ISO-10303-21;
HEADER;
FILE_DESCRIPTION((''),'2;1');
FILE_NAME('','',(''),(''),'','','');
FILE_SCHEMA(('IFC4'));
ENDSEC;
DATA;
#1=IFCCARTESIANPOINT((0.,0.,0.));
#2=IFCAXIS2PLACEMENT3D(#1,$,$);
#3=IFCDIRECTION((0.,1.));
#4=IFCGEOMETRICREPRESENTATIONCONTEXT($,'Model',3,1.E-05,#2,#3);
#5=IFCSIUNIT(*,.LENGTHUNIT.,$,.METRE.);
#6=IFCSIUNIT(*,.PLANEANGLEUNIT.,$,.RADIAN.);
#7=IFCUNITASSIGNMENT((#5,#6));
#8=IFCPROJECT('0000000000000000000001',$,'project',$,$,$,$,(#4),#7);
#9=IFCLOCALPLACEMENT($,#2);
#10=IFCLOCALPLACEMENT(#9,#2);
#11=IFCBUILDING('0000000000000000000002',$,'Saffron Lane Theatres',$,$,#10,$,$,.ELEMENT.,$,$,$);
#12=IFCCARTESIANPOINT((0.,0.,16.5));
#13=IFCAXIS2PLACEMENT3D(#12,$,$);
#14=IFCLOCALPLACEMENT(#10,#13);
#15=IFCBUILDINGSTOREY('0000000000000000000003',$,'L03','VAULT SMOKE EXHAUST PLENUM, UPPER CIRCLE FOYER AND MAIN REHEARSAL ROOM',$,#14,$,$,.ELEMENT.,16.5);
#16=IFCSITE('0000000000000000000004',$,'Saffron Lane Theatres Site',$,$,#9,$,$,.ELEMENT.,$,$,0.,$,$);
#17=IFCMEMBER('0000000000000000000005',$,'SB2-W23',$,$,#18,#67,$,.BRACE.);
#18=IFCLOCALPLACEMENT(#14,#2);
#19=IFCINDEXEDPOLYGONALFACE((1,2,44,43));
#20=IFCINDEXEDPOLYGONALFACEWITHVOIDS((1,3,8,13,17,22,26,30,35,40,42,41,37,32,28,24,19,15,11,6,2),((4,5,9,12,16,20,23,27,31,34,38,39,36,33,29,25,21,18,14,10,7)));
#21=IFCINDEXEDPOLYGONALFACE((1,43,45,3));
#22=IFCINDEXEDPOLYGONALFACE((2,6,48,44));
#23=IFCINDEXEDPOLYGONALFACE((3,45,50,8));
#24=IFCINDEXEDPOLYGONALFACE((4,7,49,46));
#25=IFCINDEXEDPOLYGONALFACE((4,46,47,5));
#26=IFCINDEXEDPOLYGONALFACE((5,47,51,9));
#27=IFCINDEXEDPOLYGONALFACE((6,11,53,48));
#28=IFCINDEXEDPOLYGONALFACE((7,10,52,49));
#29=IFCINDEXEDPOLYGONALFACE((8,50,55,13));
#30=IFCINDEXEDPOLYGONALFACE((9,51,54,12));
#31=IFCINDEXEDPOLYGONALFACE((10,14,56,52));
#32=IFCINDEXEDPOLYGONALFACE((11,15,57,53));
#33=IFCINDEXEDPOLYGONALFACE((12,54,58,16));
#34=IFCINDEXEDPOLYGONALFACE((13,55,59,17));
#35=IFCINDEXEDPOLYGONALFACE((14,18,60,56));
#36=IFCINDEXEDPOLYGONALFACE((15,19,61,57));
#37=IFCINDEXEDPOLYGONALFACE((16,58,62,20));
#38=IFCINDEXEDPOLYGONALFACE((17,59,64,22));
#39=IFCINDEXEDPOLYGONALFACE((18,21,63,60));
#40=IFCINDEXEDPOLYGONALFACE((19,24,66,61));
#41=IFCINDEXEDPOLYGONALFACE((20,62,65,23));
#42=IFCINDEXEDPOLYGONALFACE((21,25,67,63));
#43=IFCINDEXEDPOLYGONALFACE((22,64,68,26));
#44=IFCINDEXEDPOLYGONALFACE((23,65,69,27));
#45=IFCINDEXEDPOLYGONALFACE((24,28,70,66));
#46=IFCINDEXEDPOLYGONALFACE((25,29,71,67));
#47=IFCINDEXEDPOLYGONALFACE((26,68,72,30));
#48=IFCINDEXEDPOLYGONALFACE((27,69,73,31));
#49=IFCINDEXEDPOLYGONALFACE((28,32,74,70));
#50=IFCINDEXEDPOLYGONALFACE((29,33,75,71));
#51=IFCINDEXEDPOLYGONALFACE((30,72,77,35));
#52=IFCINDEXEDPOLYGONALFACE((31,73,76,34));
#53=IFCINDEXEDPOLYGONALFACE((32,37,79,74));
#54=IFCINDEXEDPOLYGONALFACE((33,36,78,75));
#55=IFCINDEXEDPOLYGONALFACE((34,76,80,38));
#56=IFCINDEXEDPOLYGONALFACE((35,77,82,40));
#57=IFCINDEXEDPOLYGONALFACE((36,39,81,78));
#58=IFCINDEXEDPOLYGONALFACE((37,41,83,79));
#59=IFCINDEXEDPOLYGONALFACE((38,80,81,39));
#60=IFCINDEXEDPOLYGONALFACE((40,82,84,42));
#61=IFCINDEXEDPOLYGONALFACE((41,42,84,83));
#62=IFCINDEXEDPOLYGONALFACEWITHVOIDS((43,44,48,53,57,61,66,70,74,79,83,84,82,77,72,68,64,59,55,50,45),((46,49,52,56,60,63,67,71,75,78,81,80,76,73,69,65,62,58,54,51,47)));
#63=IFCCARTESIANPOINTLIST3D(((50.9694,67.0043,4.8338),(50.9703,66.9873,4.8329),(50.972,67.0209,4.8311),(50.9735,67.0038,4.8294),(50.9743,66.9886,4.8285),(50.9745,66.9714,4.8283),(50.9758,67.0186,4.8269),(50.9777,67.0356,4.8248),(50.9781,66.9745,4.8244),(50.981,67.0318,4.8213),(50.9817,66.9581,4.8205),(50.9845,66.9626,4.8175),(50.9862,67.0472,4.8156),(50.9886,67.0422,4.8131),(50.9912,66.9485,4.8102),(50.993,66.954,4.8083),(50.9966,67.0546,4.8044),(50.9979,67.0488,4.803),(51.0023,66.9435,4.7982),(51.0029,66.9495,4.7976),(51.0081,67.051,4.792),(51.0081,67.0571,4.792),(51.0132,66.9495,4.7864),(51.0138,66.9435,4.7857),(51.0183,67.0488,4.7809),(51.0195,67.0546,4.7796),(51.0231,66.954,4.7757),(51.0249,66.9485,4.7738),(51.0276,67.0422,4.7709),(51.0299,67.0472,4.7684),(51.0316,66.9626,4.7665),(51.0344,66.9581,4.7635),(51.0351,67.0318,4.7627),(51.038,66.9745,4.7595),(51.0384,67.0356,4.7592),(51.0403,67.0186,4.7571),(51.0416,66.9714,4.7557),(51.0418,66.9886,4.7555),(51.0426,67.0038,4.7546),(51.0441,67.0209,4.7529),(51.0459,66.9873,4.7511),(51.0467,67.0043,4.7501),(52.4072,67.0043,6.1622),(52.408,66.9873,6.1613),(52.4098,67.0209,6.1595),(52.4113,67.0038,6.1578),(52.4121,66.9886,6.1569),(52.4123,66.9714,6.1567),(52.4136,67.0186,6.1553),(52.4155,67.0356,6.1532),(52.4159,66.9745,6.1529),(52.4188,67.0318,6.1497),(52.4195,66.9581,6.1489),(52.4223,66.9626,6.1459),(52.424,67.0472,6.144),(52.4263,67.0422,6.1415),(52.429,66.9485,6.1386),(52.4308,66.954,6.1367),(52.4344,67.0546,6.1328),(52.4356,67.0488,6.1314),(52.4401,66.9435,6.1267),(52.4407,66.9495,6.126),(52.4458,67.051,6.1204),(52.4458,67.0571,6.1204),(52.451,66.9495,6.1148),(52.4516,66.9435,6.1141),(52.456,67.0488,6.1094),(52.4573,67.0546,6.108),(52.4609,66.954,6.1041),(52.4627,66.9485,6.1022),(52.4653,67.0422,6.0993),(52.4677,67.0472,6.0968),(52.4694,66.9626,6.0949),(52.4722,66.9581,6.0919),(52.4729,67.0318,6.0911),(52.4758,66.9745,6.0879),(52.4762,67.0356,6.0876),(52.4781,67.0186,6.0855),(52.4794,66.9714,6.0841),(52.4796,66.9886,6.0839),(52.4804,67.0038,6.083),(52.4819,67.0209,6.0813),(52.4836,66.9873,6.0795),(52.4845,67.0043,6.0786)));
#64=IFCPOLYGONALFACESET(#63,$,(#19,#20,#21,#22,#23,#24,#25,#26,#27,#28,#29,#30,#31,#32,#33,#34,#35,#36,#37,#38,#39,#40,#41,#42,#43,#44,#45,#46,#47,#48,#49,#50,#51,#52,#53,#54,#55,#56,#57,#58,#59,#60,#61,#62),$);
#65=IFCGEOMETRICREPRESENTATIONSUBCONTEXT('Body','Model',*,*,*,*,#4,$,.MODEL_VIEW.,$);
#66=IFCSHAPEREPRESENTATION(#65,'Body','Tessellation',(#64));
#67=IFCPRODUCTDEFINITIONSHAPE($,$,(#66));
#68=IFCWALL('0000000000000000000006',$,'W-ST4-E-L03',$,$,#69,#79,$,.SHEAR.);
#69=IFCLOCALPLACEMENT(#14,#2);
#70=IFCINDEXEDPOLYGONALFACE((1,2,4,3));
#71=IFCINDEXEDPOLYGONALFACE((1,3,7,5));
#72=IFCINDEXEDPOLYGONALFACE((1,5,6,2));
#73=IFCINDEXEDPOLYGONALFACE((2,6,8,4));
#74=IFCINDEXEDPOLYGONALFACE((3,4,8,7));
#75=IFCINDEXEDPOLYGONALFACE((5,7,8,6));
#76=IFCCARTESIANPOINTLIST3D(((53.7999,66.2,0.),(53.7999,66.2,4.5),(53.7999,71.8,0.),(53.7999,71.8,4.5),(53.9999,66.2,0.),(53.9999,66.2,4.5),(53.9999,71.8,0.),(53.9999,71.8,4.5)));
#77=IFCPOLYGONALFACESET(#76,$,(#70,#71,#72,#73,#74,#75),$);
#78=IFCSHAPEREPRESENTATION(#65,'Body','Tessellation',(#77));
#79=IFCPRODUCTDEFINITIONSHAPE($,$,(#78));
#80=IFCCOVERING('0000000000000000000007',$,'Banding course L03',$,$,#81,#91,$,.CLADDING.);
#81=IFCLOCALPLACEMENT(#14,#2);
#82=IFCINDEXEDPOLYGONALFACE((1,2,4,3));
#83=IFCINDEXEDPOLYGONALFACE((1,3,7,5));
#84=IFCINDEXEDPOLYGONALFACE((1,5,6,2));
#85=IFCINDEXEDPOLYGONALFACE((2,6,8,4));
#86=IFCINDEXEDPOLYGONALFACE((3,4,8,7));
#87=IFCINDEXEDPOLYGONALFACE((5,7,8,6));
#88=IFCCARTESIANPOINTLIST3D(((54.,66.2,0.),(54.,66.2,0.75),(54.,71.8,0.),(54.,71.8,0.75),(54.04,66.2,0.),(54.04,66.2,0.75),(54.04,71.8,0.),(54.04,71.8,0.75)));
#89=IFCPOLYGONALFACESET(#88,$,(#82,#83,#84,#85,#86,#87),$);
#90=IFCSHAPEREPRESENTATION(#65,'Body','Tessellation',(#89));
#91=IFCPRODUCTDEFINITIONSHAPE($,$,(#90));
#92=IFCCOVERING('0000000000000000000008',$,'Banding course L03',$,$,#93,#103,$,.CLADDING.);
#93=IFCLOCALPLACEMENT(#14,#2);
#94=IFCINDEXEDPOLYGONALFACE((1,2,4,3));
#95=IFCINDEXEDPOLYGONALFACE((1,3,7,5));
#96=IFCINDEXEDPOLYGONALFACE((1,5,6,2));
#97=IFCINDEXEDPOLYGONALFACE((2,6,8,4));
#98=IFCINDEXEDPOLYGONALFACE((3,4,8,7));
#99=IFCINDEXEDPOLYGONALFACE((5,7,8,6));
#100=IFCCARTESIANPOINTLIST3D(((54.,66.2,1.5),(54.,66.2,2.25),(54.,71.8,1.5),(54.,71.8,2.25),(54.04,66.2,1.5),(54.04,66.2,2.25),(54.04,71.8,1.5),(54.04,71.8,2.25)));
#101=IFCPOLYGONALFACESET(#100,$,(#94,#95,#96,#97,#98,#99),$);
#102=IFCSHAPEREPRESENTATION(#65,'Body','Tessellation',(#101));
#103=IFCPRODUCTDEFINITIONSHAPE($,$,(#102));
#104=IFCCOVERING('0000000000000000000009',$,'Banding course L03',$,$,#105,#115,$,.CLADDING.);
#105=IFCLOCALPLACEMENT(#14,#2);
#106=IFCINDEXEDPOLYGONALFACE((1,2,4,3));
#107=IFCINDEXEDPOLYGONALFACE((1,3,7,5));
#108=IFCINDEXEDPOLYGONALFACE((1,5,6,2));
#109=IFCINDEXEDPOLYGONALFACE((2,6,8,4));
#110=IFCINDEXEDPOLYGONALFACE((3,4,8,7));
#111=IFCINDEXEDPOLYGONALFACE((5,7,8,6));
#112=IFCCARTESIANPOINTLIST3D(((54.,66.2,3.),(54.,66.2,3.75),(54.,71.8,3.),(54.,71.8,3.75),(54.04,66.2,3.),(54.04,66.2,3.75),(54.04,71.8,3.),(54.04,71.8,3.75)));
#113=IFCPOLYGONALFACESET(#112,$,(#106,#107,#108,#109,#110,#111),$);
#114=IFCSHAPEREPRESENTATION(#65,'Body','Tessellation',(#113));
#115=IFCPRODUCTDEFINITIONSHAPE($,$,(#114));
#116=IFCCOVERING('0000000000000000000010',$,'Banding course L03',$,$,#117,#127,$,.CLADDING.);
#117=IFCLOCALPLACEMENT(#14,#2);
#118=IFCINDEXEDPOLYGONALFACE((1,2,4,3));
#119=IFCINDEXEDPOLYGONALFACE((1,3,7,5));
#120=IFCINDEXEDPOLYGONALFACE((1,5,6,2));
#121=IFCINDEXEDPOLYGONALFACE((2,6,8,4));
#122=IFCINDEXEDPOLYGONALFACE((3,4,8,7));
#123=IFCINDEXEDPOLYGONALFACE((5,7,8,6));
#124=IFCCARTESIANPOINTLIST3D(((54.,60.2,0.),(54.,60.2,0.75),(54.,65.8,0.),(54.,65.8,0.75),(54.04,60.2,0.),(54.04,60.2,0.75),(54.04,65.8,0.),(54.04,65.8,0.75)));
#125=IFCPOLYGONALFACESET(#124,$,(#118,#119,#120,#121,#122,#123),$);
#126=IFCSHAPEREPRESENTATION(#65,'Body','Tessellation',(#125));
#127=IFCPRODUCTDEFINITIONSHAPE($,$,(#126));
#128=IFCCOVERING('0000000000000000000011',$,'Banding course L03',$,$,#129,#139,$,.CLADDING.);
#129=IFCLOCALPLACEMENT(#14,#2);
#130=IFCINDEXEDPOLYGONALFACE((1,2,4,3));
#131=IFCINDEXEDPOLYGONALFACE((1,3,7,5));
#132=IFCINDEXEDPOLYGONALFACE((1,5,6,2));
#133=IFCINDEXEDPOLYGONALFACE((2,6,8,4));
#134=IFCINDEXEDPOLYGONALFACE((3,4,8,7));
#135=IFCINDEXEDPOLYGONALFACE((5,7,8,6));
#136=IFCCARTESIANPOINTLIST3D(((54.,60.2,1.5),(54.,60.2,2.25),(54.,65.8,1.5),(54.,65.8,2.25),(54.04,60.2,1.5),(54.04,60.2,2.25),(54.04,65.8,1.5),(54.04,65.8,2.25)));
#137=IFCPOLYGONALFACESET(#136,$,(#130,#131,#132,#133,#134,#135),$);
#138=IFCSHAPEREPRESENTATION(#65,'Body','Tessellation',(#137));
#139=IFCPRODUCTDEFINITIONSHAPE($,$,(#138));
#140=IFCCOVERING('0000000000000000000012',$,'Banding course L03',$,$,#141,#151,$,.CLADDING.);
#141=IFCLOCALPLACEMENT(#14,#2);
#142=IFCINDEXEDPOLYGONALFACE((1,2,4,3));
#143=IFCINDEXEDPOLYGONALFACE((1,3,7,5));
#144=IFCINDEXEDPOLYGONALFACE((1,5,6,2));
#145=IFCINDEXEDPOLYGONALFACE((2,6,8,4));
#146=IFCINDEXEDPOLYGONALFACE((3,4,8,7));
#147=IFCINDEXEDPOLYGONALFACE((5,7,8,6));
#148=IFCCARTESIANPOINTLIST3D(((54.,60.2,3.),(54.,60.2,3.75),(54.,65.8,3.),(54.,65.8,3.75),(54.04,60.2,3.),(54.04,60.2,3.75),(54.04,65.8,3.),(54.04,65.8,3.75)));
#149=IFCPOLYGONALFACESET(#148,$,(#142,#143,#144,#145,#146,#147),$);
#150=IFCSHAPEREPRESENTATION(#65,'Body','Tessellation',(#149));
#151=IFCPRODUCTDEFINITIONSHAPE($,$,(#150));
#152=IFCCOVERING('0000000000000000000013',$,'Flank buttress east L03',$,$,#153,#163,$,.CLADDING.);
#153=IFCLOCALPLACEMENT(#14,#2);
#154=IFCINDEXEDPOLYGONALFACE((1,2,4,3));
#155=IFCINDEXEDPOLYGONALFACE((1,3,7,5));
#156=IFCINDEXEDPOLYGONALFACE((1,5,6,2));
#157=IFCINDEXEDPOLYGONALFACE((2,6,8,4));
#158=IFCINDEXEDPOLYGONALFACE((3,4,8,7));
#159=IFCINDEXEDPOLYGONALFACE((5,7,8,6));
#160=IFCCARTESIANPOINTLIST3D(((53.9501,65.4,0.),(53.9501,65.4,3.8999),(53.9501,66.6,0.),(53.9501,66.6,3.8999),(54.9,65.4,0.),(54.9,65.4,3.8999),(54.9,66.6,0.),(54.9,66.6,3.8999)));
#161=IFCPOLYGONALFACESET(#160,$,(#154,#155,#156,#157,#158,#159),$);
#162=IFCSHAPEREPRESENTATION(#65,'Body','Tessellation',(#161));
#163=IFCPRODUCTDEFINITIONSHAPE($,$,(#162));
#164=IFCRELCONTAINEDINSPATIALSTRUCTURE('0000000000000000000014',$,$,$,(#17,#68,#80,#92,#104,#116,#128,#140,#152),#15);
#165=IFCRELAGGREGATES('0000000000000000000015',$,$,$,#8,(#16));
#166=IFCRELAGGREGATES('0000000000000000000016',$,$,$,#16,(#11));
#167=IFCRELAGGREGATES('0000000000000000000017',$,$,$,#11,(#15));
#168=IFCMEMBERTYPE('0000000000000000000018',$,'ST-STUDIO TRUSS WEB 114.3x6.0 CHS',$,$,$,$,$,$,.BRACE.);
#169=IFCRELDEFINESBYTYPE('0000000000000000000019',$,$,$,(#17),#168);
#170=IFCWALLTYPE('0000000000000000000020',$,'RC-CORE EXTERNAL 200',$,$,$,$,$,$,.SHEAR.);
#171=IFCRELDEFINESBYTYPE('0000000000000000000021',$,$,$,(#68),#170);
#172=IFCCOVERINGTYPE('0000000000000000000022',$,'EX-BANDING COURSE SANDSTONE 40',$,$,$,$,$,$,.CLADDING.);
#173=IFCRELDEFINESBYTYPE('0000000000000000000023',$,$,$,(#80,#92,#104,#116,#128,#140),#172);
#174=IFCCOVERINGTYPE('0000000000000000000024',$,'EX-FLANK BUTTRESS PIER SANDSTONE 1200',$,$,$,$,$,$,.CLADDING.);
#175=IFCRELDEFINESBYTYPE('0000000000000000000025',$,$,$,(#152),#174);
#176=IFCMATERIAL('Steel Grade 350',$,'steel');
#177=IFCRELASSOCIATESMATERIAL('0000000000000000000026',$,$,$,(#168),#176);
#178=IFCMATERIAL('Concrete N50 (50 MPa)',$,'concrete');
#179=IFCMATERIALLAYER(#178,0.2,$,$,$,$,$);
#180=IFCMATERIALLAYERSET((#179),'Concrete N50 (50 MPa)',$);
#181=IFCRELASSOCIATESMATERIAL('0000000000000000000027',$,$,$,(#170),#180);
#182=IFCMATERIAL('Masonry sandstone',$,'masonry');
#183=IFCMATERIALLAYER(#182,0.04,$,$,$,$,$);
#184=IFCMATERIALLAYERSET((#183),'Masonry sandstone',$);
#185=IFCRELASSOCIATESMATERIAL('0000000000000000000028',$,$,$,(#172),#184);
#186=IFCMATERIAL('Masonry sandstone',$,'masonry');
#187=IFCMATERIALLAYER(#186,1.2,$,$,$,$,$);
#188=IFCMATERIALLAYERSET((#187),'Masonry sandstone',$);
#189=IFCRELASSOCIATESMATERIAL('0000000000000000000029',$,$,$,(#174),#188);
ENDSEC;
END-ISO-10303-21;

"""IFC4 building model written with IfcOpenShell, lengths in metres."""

from ifc_helpers import new_model, si_unit, direction, frame, frame_2d, origin, origin_2d, place, context, subcontext, project, spatial, rectangle, hollow_circle, extrude, material, layer, layer_set, material_profile, profile_set, type_object, element, save


model = new_model("IFC4")

# Units and contexts
model_context = context("Model", 3, precision=1e-05, world=origin(), true_north=direction((0.0, 1.0)))
body_context = subcontext(model_context, "Body", "Model", "MODEL_VIEW")
ifc_project = project(units=[si_unit("LENGTHUNIT", "METRE"), si_unit("PLANEANGLEUNIT", "RADIAN")], contexts=[model_context])

# Site, building, storey
site_placement = place(None, origin())
site = spatial("IfcSite", under=ifc_project, at=site_placement, Name="Saffron Lane Theatres Site", CompositionType="ELEMENT", RefElevation=0.0)
building_placement = place(site_placement, origin())
building = spatial("IfcBuilding", under=site, at=building_placement, Name="Saffron Lane Theatres", CompositionType="ELEMENT")
storey_placement = place(building_placement, frame((0.0, 0.0, 16.5)))
storey = spatial("IfcBuildingStorey", under=building, at=storey_placement, Name="L03", Description="VAULT SMOKE EXHAUST PLENUM, UPPER CIRCLE FOYER AND MAIN REHEARSAL ROOM", CompositionType="ELEMENT", Elevation=16.5)

# Member
ifc_material_1 = material(Name="Steel Grade 350", Category="steel")
ifc_material_profile_1 = material_profile(ifc_material_1, hollow_circle(Radius=0.0571, WallThickness=0.0061, at=origin_2d()))
ifc_profile_set_1 = profile_set([ifc_material_profile_1], Name="Steel Grade 350")
member_type_1 = type_object("IfcMemberType", Name="ST-STUDIO TRUSS WEB 114.3x6.0 CHS", PredefinedType="BRACE", material=ifc_profile_set_1)
member_1_placement = place(storey_placement, frame((51.0081, 67.0, 4.792), z_axis=(0.734493, 0.0, 0.678617), x_axis=(0.0, 1.0, 0.0)))
element("IfcMember", 1, at=member_1_placement, inside=storey, type_object=member_type_1, Name="SB2-W23", PredefinedType="BRACE", context=body_context, shape_type="SweptSolid", body=[
    extrude(hollow_circle(Radius=0.0571, WallThickness=0.0061, at=origin_2d()), origin(), (0.0, 0.0, 1.0), 1.9575),
])

# Wall
ifc_material_2 = material(Name="Concrete N50 (50 MPa)", Category="concrete")
ifc_layer_1 = layer(ifc_material_2, 0.2)
ifc_layer_set_1 = layer_set([ifc_layer_1], Name="Concrete N50 (50 MPa)")
wall_type = type_object("IfcWallType", Name="RC-CORE EXTERNAL 200", PredefinedType="SHEAR", material=ifc_layer_set_1)
wall_placement = place(storey_placement, frame((53.8999, 66.2, 0.0), z_axis=(0.0, 0.0, 1.0), x_axis=(0.0, 1.0, 0.0)))
element("IfcWall", 2, at=wall_placement, inside=storey, type_object=wall_type, Name="W-ST4-E-L03", PredefinedType="SHEAR", context=body_context, shape_type="SweptSolid", body=[
    extrude(rectangle(XDim=5.6001, YDim=0.2, at=frame_2d((2.8, 0.0))), origin(), (0.0, 0.0, 1.0), 4.5),
])

# Coverings
ifc_material_3 = material(Name="Masonry sandstone", Category="masonry")
ifc_layer_2 = layer(ifc_material_3, 0.04)
ifc_layer_set_2 = layer_set([ifc_layer_2], Name="Masonry sandstone")
covering_type_1 = type_object("IfcCoveringType", Name="EX-BANDING COURSE SANDSTONE 40", PredefinedType="CLADDING", material=ifc_layer_set_2)
for number, where, z_axis, x_axis, name in (
    (3, (54.02, 69.0, 0.0), (0.0, 0.0, 1.0), (0.0, 1.0, 0.0), "Banding course L03"),
    (4, (54.02, 69.0, 1.5), (0.0, 0.0, 1.0), (0.0, 1.0, 0.0), "Banding course L03"),
    (5, (54.02, 69.0, 3.0), (0.0, 0.0, 1.0), (0.0, 1.0, 0.0), "Banding course L03"),
    (6, (54.02, 63.0, 0.0), (0.0, 0.0, 1.0), (0.0, 1.0, 0.0), "Banding course L03"),
    (7, (54.02, 63.0, 1.5), (0.0, 0.0, 1.0), (0.0, 1.0, 0.0), "Banding course L03"),
    (8, (54.02, 63.0, 3.0), (0.0, 0.0, 1.0), (0.0, 1.0, 0.0), "Banding course L03"),
):
    element("IfcCovering", number, at=place(storey_placement, frame(where, z_axis=z_axis, x_axis=x_axis)), inside=storey, type_object=covering_type_1, Name=name, PredefinedType="CLADDING", context=body_context, shape_type="SweptSolid", body=[
        extrude(rectangle(XDim=5.6001, YDim=0.04, at=origin_2d()), origin(), (0.0, 0.0, 1.0), 0.75),
    ])
ifc_material_4 = material(Name="Masonry sandstone", Category="masonry")
ifc_layer_3 = layer(ifc_material_4, 1.2)
ifc_layer_set_3 = layer_set([ifc_layer_3], Name="Masonry sandstone")
covering_type_2 = type_object("IfcCoveringType", Name="EX-FLANK BUTTRESS PIER SANDSTONE 1200", PredefinedType="CLADDING", material=ifc_layer_set_3)
covering_placement = place(storey_placement, frame((54.425, 66.0, 0.0), z_axis=(0.0, 0.0, 1.0), x_axis=(0.0, 1.0, 0.0)))
element("IfcCovering", 9, at=covering_placement, inside=storey, type_object=covering_type_2, Name="Flank buttress east L03", PredefinedType="CLADDING", context=body_context, shape_type="SweptSolid", body=[
    extrude(rectangle(XDim=1.2, YDim=0.95, at=origin_2d()), origin(), (0.0, 0.0, 1.0), 3.8999),
])

save(model, "model.ifc")
